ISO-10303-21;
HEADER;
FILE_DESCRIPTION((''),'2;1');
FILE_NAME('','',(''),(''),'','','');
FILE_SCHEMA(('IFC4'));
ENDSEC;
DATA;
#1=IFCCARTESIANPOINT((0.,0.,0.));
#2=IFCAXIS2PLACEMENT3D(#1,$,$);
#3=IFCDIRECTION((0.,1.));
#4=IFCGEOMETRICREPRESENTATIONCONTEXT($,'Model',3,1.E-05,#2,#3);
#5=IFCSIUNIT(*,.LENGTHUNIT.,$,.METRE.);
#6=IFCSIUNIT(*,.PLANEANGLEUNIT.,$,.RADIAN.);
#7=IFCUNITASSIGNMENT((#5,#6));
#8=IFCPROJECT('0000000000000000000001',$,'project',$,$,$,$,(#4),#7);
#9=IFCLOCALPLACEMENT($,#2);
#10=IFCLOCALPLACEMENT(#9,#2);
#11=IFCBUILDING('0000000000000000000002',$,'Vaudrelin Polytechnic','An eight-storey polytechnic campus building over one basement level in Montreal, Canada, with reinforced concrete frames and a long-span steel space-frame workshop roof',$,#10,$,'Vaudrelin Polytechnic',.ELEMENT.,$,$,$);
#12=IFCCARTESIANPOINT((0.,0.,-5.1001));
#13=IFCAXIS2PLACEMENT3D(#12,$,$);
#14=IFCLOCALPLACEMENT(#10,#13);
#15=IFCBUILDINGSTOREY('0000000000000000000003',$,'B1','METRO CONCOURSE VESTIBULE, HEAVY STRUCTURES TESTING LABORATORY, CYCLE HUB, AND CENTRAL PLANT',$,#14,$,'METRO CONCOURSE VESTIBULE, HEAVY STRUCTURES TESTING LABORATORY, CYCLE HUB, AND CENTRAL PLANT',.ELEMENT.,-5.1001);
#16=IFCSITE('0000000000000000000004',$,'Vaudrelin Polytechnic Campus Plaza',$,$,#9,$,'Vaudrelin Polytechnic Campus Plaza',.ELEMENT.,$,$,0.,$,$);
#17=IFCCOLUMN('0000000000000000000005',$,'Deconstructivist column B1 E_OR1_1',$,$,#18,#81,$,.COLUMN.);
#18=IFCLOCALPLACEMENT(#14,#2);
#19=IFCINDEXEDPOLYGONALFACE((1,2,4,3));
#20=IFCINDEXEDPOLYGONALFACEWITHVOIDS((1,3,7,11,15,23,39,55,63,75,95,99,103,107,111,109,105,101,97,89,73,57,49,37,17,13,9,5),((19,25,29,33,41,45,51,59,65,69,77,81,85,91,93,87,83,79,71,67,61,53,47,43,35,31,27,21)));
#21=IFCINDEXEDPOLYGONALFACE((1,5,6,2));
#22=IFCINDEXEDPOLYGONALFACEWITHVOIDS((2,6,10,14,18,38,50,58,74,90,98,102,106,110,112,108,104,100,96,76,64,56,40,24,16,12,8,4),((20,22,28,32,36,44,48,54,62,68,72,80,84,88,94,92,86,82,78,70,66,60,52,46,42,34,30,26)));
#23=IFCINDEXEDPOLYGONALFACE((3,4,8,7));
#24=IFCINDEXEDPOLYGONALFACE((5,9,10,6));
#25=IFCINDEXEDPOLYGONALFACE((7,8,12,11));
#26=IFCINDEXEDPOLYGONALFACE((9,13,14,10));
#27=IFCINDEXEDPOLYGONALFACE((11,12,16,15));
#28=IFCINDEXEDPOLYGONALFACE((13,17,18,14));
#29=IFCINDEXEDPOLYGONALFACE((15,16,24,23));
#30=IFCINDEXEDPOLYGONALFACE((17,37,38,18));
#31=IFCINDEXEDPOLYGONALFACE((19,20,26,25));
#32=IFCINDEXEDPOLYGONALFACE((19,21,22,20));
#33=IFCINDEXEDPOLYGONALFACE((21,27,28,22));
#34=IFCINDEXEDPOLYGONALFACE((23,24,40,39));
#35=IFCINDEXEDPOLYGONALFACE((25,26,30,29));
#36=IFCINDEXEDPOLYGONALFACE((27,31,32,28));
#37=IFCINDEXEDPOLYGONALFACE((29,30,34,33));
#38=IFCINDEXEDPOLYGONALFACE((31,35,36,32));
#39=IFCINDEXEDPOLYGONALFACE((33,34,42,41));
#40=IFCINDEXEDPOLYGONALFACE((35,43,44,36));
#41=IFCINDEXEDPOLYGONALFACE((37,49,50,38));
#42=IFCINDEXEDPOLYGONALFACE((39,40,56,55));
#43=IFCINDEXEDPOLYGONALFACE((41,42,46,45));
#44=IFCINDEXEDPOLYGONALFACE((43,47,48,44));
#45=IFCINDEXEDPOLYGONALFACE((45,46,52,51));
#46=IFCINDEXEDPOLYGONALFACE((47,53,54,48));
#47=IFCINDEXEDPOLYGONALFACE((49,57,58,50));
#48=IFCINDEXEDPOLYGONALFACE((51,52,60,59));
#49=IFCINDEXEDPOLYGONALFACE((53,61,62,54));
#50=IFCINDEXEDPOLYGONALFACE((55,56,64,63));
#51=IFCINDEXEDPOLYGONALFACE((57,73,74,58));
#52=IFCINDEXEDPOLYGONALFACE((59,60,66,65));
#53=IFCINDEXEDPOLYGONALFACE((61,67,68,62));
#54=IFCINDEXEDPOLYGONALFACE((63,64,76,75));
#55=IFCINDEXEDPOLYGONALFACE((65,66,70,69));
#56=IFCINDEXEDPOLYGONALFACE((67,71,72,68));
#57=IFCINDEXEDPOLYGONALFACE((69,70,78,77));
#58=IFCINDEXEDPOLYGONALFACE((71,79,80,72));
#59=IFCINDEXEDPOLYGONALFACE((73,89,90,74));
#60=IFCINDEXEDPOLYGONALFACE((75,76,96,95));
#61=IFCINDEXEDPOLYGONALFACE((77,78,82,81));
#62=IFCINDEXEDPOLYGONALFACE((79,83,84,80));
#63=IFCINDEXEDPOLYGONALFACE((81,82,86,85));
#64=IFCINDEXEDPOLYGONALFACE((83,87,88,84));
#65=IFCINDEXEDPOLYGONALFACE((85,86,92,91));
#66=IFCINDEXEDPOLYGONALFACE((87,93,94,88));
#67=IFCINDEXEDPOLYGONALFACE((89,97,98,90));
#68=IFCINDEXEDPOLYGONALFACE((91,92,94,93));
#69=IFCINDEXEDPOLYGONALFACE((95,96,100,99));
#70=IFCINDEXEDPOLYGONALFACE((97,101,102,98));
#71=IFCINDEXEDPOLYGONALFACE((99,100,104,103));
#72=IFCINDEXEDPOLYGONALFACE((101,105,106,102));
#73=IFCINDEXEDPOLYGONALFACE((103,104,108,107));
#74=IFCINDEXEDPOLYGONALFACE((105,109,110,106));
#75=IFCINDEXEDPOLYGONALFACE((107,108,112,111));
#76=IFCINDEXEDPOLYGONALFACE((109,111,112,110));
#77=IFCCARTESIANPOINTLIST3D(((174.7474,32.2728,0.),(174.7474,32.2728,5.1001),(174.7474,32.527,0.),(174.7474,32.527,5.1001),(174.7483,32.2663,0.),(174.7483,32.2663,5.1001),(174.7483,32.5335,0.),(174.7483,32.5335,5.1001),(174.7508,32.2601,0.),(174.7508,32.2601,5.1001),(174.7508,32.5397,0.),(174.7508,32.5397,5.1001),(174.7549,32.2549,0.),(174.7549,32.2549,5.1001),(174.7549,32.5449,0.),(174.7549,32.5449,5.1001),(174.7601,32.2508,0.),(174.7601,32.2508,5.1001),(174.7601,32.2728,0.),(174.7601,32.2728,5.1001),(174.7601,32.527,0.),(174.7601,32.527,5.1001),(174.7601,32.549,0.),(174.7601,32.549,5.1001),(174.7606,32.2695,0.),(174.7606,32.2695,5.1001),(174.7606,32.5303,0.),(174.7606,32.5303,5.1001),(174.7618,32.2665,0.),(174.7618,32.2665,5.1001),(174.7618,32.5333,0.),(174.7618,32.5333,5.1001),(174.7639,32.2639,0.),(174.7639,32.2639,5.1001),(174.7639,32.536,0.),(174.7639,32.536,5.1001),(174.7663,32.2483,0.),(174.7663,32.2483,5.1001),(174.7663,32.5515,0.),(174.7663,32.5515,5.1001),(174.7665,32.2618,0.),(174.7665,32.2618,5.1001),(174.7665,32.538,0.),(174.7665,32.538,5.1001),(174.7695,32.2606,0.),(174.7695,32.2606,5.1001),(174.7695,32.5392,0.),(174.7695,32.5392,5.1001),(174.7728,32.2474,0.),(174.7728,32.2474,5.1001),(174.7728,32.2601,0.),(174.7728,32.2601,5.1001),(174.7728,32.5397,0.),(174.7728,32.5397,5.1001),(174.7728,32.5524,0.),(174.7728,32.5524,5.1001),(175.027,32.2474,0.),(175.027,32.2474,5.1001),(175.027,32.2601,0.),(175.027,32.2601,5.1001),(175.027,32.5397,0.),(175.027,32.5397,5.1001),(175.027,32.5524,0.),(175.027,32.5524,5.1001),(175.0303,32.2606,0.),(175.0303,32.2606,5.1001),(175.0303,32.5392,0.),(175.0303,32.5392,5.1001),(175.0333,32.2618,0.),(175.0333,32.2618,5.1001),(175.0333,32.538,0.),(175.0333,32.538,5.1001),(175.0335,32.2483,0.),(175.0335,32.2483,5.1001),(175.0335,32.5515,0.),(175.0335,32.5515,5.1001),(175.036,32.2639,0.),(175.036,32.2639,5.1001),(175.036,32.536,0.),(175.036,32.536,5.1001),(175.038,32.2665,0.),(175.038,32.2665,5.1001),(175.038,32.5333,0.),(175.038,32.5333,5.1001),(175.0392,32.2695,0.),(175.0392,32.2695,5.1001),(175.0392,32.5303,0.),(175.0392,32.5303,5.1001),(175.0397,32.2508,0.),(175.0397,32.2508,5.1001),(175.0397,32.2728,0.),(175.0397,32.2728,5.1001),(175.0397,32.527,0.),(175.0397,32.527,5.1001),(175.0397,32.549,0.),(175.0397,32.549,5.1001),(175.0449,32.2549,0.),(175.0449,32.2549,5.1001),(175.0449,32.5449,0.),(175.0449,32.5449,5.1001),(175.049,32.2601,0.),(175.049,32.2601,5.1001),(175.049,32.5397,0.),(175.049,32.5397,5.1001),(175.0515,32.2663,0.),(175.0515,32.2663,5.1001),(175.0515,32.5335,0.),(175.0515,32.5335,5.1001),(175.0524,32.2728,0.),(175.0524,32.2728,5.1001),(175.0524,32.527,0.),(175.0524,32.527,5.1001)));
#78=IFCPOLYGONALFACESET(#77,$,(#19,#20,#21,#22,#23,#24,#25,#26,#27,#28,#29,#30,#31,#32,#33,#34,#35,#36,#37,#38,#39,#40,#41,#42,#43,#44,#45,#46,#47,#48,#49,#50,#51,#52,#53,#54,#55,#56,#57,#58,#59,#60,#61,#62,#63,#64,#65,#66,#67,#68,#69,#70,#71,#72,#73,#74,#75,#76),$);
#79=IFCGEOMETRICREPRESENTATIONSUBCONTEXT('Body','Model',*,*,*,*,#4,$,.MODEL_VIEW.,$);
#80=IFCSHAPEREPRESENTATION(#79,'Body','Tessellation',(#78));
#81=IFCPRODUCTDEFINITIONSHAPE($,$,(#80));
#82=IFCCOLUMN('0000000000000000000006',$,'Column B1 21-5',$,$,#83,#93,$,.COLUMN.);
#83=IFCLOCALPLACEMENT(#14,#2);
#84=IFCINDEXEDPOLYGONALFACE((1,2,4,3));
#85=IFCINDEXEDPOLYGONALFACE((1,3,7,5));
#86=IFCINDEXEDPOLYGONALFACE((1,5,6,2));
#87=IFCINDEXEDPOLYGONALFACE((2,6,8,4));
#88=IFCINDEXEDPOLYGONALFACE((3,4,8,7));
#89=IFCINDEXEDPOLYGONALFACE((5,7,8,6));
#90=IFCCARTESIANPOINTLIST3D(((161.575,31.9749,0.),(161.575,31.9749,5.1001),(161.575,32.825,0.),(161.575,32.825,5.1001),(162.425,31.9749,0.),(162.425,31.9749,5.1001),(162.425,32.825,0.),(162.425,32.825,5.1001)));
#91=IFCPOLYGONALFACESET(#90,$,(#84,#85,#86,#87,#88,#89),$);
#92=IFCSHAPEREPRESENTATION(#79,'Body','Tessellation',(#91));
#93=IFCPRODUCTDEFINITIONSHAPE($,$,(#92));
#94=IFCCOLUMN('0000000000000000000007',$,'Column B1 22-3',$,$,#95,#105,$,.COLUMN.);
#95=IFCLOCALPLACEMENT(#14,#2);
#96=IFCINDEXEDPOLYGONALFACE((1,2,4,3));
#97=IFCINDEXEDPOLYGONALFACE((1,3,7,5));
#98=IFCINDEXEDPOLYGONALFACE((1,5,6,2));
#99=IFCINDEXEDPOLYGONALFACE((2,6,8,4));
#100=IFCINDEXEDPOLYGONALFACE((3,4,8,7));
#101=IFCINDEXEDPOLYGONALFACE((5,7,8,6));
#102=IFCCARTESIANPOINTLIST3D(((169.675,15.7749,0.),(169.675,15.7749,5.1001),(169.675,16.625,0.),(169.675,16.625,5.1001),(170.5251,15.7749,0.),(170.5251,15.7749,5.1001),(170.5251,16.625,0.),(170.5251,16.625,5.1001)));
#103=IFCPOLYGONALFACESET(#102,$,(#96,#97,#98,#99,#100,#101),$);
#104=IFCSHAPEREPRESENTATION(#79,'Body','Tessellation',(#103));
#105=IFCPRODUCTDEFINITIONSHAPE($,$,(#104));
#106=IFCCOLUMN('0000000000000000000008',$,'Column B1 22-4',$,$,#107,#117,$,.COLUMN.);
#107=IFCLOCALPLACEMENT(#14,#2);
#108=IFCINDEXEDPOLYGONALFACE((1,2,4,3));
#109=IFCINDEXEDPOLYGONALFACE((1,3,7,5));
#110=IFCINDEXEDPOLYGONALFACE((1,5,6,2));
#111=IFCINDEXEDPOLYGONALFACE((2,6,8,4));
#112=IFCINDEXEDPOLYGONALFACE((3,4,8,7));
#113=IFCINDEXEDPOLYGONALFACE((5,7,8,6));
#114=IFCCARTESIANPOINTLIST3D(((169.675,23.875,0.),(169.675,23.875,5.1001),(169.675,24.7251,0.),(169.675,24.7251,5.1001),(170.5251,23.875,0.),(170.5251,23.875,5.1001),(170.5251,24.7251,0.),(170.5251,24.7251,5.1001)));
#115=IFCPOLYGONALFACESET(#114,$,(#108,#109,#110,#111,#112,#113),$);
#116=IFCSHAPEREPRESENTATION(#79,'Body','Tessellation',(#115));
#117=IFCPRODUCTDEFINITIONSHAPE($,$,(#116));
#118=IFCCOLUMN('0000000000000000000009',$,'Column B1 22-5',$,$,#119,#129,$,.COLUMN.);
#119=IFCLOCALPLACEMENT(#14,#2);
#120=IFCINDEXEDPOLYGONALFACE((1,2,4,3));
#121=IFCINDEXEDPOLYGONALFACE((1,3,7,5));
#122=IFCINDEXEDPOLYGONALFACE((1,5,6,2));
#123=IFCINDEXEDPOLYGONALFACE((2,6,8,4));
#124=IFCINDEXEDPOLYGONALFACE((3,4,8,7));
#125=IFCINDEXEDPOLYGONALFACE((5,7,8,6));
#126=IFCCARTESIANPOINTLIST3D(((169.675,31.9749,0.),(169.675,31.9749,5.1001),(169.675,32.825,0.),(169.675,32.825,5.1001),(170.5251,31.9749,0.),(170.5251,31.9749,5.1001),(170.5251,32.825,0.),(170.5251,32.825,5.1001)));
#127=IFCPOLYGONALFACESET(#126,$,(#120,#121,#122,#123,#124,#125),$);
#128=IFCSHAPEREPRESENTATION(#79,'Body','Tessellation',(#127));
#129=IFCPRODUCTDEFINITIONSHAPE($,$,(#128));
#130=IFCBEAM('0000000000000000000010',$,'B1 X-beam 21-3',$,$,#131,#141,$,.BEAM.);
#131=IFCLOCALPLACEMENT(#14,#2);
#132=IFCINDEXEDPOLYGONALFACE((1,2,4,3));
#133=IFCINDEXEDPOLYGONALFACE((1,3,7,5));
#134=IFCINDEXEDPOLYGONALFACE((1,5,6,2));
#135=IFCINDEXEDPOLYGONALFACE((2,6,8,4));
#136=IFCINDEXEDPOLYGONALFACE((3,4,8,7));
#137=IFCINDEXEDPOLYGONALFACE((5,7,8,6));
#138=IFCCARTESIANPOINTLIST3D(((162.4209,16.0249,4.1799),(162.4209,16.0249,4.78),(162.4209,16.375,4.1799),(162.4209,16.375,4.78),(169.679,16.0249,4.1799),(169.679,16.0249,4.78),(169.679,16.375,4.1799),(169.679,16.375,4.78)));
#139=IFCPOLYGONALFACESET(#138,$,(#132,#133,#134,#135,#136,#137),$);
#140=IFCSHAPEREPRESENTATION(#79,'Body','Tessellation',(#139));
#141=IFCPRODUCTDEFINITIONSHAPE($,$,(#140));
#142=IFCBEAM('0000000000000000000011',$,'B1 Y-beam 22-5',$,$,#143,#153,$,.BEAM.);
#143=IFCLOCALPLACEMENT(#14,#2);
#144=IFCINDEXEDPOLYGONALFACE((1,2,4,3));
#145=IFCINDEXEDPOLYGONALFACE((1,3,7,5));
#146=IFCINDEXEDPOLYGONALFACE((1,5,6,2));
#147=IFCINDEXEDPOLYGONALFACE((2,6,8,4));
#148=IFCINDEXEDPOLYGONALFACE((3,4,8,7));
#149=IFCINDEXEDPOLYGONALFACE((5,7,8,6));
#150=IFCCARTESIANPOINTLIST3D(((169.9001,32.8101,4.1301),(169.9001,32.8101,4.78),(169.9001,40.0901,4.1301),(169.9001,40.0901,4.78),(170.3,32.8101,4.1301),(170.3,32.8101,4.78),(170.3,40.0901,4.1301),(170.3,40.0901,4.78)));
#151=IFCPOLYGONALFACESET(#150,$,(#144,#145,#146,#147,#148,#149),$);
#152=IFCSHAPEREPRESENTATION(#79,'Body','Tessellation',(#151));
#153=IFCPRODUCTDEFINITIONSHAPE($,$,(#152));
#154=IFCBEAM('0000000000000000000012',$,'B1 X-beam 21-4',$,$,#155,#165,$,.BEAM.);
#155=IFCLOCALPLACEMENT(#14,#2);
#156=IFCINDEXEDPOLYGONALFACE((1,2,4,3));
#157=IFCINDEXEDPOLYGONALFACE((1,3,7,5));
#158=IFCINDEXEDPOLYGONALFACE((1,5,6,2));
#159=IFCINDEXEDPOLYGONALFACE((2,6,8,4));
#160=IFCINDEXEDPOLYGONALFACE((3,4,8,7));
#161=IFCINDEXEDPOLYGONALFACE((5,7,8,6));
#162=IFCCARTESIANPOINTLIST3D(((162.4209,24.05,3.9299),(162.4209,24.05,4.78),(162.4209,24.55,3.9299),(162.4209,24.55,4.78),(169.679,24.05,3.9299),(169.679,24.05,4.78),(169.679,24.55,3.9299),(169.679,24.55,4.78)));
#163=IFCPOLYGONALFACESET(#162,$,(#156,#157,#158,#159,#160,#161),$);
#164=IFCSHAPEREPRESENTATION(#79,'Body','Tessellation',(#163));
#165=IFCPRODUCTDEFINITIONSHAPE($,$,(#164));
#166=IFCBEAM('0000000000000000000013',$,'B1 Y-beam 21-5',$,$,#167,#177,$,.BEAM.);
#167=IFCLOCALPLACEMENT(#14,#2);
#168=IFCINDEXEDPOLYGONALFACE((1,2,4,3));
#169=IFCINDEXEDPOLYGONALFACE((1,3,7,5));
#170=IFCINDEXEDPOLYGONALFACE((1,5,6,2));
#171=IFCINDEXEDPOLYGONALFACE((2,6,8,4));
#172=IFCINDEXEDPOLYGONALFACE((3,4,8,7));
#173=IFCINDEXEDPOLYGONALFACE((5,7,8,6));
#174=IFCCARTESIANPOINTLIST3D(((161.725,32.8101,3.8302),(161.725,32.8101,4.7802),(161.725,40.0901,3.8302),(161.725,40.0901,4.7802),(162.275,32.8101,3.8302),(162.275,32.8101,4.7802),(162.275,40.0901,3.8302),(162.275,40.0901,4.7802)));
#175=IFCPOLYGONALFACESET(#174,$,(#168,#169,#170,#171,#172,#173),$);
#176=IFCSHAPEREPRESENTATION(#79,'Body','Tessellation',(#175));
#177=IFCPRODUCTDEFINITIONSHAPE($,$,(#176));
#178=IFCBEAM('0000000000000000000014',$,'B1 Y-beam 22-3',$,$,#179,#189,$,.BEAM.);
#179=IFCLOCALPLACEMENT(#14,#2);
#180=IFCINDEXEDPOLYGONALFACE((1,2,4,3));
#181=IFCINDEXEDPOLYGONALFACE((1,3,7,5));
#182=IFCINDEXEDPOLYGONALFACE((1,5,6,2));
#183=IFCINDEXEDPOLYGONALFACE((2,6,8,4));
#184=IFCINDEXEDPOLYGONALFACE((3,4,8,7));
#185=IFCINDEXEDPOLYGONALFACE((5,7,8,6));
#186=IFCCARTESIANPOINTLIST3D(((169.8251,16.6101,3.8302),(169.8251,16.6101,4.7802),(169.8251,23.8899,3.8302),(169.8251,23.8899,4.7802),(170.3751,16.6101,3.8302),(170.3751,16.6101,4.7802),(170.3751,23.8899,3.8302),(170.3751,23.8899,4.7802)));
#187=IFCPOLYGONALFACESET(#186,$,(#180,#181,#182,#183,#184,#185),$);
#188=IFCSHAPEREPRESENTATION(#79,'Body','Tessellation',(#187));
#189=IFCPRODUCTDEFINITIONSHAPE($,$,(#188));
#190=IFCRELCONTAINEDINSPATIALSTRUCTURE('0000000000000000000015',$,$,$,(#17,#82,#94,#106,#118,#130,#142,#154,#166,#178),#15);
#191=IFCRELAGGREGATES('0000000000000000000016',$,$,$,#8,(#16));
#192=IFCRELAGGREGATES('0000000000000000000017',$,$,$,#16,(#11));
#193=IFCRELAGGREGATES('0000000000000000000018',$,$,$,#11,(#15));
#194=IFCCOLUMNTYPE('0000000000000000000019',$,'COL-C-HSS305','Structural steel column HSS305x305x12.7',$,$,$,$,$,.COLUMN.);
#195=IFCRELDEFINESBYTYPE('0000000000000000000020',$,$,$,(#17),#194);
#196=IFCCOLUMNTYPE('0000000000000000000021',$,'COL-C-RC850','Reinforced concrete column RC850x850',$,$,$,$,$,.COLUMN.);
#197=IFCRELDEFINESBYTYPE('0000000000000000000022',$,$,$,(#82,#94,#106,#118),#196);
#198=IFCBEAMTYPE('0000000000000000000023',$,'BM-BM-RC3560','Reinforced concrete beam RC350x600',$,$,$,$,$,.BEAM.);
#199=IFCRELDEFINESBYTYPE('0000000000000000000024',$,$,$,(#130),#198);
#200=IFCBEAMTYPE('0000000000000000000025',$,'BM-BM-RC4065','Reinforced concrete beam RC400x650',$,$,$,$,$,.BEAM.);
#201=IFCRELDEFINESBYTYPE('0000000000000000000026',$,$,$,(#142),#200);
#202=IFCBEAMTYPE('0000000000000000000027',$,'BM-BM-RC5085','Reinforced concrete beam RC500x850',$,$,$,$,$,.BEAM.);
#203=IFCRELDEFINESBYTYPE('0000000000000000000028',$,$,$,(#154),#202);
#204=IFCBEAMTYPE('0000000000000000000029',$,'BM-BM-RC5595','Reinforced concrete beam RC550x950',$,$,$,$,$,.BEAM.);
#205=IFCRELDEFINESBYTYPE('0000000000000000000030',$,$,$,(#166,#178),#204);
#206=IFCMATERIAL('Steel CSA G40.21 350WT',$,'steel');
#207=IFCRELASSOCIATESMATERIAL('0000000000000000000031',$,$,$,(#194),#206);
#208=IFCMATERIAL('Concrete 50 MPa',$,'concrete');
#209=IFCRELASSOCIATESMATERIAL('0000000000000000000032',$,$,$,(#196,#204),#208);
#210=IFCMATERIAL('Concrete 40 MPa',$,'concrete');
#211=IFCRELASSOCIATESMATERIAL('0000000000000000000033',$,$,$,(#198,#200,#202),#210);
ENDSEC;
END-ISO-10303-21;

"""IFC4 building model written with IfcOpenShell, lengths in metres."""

from ifc_helpers import new_model, si_unit, direction, frame, origin, origin_2d, place, context, subcontext, project, spatial, rectangle, hollow_rectangle, extrude, material, material_profile, profile_set, type_object, element, save


model = new_model("IFC4")

# Units and contexts
model_context = context("Model", 3, precision=1e-05, world=origin(), true_north=direction((0.0, 1.0)))
body_context = subcontext(model_context, "Body", "Model", "MODEL_VIEW")
ifc_project = project(units=[si_unit("LENGTHUNIT", "METRE"), si_unit("PLANEANGLEUNIT", "RADIAN")], contexts=[model_context])

# Site, building, storey
site_placement = place(None, origin())
site = spatial("IfcSite", under=ifc_project, at=site_placement, Name="Vaudrelin Polytechnic Campus Plaza", LongName="Vaudrelin Polytechnic Campus Plaza", CompositionType="ELEMENT", RefElevation=0.0)
building_placement = place(site_placement, origin())
building = spatial("IfcBuilding", under=site, at=building_placement, Name="Vaudrelin Polytechnic", Description="An eight-storey polytechnic campus building over one basement level in Montreal, Canada, with reinforced concrete frames and a long-span steel space-frame workshop roof", LongName="Vaudrelin Polytechnic", CompositionType="ELEMENT")
storey_placement = place(building_placement, frame((0.0, 0.0, -5.1001)))
storey = spatial("IfcBuildingStorey", under=building, at=storey_placement, Name="B1", Description="METRO CONCOURSE VESTIBULE, HEAVY STRUCTURES TESTING LABORATORY, CYCLE HUB, AND CENTRAL PLANT", LongName="METRO CONCOURSE VESTIBULE, HEAVY STRUCTURES TESTING LABORATORY, CYCLE HUB, AND CENTRAL PLANT", CompositionType="ELEMENT", Elevation=-5.1001)

# Shared definitions
ifc_material_1 = material(Name="Concrete 40 MPa", Category="concrete")

# Columns
ifc_material_2 = material(Name="Steel CSA G40.21 350WT", Category="steel")
ifc_material_profile_1 = material_profile(ifc_material_2, hollow_rectangle(XDim=0.3049, YDim=0.3049, WallThickness=0.0127, InnerFilletRadius=0.0127, OuterFilletRadius=0.0254, at=origin_2d()), Name="HSS305x305x12.7")
ifc_profile_set_1 = profile_set([ifc_material_profile_1], Name="Steel CSA G40.21 350WT")
column_type_1 = type_object("IfcColumnType", Name="COL-C-HSS305", Description="Structural steel column HSS305x305x12.7", PredefinedType="COLUMN", material=ifc_profile_set_1)
column_placement = place(storey_placement, frame((174.8999, 32.3999, 0.0), z_axis=(0.0, 0.0, 1.0), x_axis=(1.0, 0.0, 0.0)))
element("IfcColumn", 1, at=column_placement, inside=storey, type_object=column_type_1, Name="Deconstructivist column B1 E_OR1_1", PredefinedType="COLUMN", context=body_context, shape_type="SweptSolid", body=[
    extrude(hollow_rectangle(XDim=0.3049, YDim=0.3049, WallThickness=0.0127, InnerFilletRadius=0.0127, OuterFilletRadius=0.0254, at=origin_2d()), origin(), (0.0, 0.0, 1.0), 5.1001),
])
ifc_material_3 = material(Name="Concrete 50 MPa", Category="concrete")
ifc_material_profile_2 = material_profile(ifc_material_3, rectangle(XDim=0.8501, YDim=0.8501, at=origin_2d()), Name="RC850x850")
ifc_profile_set_2 = profile_set([ifc_material_profile_2], Name="Concrete 50 MPa")
column_type_2 = type_object("IfcColumnType", Name="COL-C-RC850", Description="Reinforced concrete column RC850x850", PredefinedType="COLUMN", material=ifc_profile_set_2)
for number, where, z_axis, x_axis, name in (
    (2, (162.0, 32.3999, 0.0), (0.0, 0.0, 1.0), (1.0, 0.0, 0.0), "Column B1 21-5"),
    (3, (170.1001, 16.2, 0.0), (0.0, 0.0, 1.0), (1.0, 0.0, 0.0), "Column B1 22-3"),
    (4, (170.1001, 24.3, 0.0), (0.0, 0.0, 1.0), (1.0, 0.0, 0.0), "Column B1 22-4"),
    (5, (170.1001, 32.3999, 0.0), (0.0, 0.0, 1.0), (1.0, 0.0, 0.0), "Column B1 22-5"),
):
    element("IfcColumn", number, at=place(storey_placement, frame(where, z_axis=z_axis, x_axis=x_axis)), inside=storey, type_object=column_type_2, Name=name, PredefinedType="COLUMN", context=body_context, shape_type="SweptSolid", body=[
        extrude(rectangle(XDim=0.8501, YDim=0.8501, at=origin_2d()), origin(), (0.0, 0.0, 1.0), 5.1001),
    ])

# Beams
ifc_material_profile_3 = material_profile(ifc_material_1, rectangle(XDim=0.3501, YDim=0.6001, at=origin_2d()), Name="RC350x600")
ifc_profile_set_3 = profile_set([ifc_material_profile_3], Name="Concrete 40 MPa")
beam_type_1 = type_object("IfcBeamType", Name="BM-BM-RC3560", Description="Reinforced concrete beam RC350x600", PredefinedType="BEAM", material=ifc_profile_set_3)
beam_1_placement = place(storey_placement, frame((162.4209, 16.2, 4.48), z_axis=(1.0, 0.0, 0.0), x_axis=(0.0, 1.0, 0.0)))
element("IfcBeam", 6, at=beam_1_placement, inside=storey, type_object=beam_type_1, Name="B1 X-beam 21-3", PredefinedType="BEAM", context=body_context, shape_type="SweptSolid", body=[
    extrude(rectangle(XDim=0.3501, YDim=0.6001, at=origin_2d()), origin(), (0.0, 0.0, 1.0), 7.2581),
])
ifc_material_profile_4 = material_profile(ifc_material_1, rectangle(XDim=0.3999, YDim=0.6499, at=origin_2d()), Name="RC400x650")
ifc_profile_set_4 = profile_set([ifc_material_profile_4], Name="Concrete 40 MPa")
beam_type_2 = type_object("IfcBeamType", Name="BM-BM-RC4065", Description="Reinforced concrete beam RC400x650", PredefinedType="BEAM", material=ifc_profile_set_4)
beam_2_placement = place(storey_placement, frame((170.1001, 32.8101, 4.4551), z_axis=(0.0, 1.0, 0.0), x_axis=(-1.0, 0.0, 0.0)))
element("IfcBeam", 7, at=beam_2_placement, inside=storey, type_object=beam_type_2, Name="B1 Y-beam 22-5", PredefinedType="BEAM", context=body_context, shape_type="SweptSolid", body=[
    extrude(rectangle(XDim=0.3999, YDim=0.6499, at=origin_2d()), origin(), (0.0, 0.0, 1.0), 7.28),
])
ifc_material_profile_5 = material_profile(ifc_material_1, rectangle(XDim=0.5, YDim=0.8501, at=origin_2d()), Name="RC500x850")
ifc_profile_set_5 = profile_set([ifc_material_profile_5], Name="Concrete 40 MPa")
beam_type_3 = type_object("IfcBeamType", Name="BM-BM-RC5085", Description="Reinforced concrete beam RC500x850", PredefinedType="BEAM", material=ifc_profile_set_5)
beam_3_placement = place(storey_placement, frame((162.4209, 24.3, 4.355), z_axis=(1.0, 0.0, 0.0), x_axis=(0.0, 1.0, 0.0)))
element("IfcBeam", 8, at=beam_3_placement, inside=storey, type_object=beam_type_3, Name="B1 X-beam 21-4", PredefinedType="BEAM", context=body_context, shape_type="SweptSolid", body=[
    extrude(rectangle(XDim=0.5, YDim=0.8501, at=origin_2d()), origin(), (0.0, 0.0, 1.0), 7.2581),
])
ifc_material_profile_6 = material_profile(ifc_material_3, rectangle(XDim=0.55, YDim=0.95, at=origin_2d()), Name="RC550x950")
ifc_profile_set_6 = profile_set([ifc_material_profile_6], Name="Concrete 50 MPa")
beam_type_4 = type_object("IfcBeamType", Name="BM-BM-RC5595", Description="Reinforced concrete beam RC550x950", PredefinedType="BEAM", material=ifc_profile_set_6)
beam_4_placement = place(storey_placement, frame((162.0, 32.8101, 4.3052), z_axis=(0.0, 1.0, 0.0), x_axis=(-1.0, 0.0, 0.0)))
element("IfcBeam", 9, at=beam_4_placement, inside=storey, type_object=beam_type_4, Name="B1 Y-beam 21-5", PredefinedType="BEAM", context=body_context, shape_type="SweptSolid", body=[
    extrude(rectangle(XDim=0.55, YDim=0.95, at=origin_2d()), origin(), (0.0, 0.0, 1.0), 7.28),
])
beam_5_placement = place(storey_placement, frame((170.1001, 16.6101, 4.3052), z_axis=(0.0, 1.0, 0.0), x_axis=(-1.0, 0.0, 0.0)))
element("IfcBeam", 10, at=beam_5_placement, inside=storey, type_object=beam_type_4, Name="B1 Y-beam 22-3", PredefinedType="BEAM", context=body_context, shape_type="SweptSolid", body=[
    extrude(rectangle(XDim=0.55, YDim=0.95, at=origin_2d()), origin(), (0.0, 0.0, 1.0), 7.2798),
])

save(model, "model.ifc")
